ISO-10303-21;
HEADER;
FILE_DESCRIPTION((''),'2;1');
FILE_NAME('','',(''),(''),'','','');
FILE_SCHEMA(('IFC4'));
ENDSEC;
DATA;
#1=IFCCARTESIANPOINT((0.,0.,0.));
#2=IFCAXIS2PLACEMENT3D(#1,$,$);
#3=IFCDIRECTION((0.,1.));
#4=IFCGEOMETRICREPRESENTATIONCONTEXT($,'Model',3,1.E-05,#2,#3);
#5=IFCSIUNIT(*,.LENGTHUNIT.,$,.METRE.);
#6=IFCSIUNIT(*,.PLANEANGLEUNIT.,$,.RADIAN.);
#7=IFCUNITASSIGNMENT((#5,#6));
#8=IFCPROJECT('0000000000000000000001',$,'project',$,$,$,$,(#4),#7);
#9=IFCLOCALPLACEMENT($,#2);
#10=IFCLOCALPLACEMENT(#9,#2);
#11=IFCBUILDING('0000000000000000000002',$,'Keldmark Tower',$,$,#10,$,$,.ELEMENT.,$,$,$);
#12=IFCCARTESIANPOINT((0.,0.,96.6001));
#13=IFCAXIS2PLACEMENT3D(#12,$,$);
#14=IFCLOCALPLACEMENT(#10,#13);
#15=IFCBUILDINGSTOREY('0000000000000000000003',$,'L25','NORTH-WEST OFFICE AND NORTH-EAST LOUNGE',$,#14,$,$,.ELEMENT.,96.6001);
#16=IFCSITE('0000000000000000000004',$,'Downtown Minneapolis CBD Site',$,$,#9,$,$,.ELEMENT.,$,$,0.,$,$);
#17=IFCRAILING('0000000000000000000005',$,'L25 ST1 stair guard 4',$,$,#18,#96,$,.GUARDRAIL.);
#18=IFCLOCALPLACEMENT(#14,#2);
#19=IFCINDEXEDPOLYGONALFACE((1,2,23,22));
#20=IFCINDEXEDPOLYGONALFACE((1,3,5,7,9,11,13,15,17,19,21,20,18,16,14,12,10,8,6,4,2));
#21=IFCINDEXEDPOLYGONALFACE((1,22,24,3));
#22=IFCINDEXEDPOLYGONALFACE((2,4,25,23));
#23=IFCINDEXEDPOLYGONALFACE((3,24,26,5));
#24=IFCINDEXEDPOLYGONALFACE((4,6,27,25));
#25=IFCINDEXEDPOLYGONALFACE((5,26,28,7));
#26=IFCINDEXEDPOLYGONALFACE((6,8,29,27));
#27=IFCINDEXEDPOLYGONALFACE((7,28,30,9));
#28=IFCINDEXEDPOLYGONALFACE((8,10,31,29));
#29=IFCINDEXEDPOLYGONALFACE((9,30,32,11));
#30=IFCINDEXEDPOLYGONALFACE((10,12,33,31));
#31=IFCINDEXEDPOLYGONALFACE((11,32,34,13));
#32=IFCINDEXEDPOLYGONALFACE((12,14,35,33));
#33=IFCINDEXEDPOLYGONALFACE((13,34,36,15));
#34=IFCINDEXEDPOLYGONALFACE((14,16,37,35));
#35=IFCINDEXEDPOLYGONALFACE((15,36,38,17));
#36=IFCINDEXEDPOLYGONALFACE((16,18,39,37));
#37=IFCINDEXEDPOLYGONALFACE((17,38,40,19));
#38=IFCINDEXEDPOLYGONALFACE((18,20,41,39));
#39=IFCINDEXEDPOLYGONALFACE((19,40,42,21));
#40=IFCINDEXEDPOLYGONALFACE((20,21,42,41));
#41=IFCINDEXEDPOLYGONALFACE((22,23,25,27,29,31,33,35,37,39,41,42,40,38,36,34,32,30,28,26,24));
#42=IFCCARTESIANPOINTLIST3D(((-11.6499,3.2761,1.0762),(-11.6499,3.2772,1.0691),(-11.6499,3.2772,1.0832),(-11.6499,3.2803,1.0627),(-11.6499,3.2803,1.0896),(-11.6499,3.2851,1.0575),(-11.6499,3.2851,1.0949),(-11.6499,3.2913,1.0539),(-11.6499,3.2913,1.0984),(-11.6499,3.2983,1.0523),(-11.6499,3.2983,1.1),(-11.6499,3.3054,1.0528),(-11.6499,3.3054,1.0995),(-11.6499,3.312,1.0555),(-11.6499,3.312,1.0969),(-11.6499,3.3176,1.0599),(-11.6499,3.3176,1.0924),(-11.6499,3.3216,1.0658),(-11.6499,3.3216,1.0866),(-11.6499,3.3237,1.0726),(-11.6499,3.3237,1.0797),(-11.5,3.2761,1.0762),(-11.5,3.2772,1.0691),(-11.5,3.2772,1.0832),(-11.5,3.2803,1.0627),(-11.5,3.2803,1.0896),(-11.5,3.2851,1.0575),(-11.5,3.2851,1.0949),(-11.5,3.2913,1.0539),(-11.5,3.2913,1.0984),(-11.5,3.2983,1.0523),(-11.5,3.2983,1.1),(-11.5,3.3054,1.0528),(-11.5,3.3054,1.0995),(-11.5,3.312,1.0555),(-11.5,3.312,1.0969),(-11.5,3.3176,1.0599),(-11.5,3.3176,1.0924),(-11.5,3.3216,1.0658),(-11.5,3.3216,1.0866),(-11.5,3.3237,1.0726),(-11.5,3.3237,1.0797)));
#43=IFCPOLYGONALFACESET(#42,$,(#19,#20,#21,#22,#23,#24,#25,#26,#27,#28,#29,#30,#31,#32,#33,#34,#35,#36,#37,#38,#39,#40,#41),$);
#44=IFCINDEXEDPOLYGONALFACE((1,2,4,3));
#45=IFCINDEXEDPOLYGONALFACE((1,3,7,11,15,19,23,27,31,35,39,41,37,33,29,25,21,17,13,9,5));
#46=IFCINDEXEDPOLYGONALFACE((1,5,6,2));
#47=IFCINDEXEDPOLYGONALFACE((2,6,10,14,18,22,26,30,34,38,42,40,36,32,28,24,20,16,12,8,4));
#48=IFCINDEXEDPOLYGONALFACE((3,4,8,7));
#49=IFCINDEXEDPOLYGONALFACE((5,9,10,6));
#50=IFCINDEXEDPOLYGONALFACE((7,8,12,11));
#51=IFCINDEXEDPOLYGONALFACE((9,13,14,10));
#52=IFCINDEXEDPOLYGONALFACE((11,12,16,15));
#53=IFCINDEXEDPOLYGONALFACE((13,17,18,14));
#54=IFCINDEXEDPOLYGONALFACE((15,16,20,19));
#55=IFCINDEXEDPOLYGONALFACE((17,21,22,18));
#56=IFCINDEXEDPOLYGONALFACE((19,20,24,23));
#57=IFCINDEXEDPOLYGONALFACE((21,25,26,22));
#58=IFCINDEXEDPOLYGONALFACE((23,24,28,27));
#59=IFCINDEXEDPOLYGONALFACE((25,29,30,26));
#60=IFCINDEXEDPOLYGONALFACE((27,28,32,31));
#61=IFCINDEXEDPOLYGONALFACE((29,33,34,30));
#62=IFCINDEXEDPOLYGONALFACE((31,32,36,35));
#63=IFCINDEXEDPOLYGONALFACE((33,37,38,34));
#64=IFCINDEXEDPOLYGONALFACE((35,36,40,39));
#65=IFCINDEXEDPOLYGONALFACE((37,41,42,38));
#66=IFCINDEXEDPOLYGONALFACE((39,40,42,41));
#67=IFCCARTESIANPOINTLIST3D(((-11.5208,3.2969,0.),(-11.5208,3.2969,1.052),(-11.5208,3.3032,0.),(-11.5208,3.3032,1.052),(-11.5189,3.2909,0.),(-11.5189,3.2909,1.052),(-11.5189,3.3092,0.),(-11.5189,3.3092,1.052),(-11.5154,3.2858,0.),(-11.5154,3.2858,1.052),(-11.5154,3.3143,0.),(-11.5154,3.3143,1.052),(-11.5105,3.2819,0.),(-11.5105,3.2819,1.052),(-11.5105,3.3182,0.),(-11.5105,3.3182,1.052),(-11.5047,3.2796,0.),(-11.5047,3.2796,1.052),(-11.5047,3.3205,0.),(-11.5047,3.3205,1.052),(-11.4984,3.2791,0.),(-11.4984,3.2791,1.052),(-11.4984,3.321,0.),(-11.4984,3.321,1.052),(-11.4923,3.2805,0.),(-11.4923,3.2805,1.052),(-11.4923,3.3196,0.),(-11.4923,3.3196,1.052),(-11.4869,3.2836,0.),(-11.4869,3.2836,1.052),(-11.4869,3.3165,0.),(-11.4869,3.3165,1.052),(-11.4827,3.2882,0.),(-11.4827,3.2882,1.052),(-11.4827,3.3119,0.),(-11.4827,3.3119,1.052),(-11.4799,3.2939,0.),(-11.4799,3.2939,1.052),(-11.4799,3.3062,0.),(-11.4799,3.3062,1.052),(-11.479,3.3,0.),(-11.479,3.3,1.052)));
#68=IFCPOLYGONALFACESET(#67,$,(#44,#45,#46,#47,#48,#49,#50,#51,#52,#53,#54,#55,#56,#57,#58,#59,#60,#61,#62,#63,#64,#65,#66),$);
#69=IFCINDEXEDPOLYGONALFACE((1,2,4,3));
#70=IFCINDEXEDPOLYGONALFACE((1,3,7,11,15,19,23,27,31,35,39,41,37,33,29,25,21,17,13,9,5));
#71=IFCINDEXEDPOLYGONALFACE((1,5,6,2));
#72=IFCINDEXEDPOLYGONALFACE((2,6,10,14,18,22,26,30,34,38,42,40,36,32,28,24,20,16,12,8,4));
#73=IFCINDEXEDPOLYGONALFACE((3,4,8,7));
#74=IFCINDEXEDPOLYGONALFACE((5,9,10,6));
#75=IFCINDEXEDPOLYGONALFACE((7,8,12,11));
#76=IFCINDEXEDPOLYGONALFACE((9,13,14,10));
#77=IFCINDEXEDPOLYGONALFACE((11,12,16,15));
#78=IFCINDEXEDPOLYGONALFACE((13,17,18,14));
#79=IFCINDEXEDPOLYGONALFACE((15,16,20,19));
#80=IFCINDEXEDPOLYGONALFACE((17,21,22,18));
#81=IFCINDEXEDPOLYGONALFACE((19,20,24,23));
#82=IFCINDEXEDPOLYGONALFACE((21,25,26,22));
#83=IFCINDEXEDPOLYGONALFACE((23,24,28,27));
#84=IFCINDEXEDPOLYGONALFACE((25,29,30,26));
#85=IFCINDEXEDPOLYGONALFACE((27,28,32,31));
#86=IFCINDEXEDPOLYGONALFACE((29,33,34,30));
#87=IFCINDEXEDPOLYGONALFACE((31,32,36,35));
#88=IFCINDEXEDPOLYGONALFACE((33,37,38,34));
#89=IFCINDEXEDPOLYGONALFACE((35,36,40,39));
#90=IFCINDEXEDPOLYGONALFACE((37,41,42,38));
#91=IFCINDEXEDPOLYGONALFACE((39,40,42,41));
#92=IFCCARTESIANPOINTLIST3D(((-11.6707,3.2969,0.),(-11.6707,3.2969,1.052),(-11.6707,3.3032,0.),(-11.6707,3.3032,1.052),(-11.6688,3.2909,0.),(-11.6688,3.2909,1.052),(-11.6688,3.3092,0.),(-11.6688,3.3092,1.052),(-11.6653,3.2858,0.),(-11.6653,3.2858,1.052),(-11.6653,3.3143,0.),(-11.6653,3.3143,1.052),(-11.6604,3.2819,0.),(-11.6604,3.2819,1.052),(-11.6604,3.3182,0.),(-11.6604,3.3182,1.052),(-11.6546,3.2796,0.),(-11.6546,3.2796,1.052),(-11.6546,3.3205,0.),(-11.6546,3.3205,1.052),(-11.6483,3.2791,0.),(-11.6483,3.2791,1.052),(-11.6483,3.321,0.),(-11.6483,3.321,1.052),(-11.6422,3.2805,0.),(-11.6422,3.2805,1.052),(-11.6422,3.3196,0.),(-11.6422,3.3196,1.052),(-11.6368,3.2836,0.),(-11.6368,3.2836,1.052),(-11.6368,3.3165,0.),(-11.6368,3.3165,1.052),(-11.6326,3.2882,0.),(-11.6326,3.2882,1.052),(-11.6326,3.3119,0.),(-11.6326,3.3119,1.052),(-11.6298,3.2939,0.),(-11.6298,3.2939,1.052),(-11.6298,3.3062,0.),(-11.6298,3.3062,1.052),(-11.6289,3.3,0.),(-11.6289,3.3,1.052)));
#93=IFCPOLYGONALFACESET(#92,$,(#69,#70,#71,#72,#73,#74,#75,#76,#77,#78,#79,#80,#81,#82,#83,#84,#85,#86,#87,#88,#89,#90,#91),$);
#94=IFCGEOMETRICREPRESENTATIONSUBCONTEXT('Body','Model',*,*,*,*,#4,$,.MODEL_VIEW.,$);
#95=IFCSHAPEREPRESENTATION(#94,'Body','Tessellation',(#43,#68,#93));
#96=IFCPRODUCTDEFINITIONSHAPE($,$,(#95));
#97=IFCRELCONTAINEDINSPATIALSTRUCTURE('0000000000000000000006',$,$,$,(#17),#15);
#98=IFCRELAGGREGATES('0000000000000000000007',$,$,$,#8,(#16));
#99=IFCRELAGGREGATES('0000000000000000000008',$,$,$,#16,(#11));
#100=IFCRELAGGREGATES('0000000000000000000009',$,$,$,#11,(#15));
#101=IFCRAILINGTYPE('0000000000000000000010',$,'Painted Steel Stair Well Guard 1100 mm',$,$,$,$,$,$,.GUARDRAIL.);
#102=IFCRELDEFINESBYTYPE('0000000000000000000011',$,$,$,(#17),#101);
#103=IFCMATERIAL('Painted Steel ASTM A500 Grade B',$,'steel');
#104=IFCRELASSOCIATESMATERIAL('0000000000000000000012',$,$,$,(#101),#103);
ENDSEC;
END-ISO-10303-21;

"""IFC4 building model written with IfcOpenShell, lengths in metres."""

from ifc_helpers import new_model, si_unit, direction, frame, origin, origin_2d, place, context, subcontext, project, spatial, circle, extrude, material, type_object, element, save


model = new_model("IFC4")

# Units and contexts
model_context = context("Model", 3, precision=1e-05, world=origin(), true_north=direction((0.0, 1.0)))
body_context = subcontext(model_context, "Body", "Model", "MODEL_VIEW")
ifc_project = project(units=[si_unit("LENGTHUNIT", "METRE"), si_unit("PLANEANGLEUNIT", "RADIAN")], contexts=[model_context])

# Site, building, storey
site_placement = place(None, origin())
site = spatial("IfcSite", under=ifc_project, at=site_placement, Name="Downtown Minneapolis CBD Site", CompositionType="ELEMENT", RefElevation=0.0)
building_placement = place(site_placement, origin())
building = spatial("IfcBuilding", under=site, at=building_placement, Name="Keldmark Tower", CompositionType="ELEMENT")
storey_placement = place(building_placement, frame((0.0, 0.0, 96.6001)))
storey = spatial("IfcBuildingStorey", under=building, at=storey_placement, Name="L25", Description="NORTH-WEST OFFICE AND NORTH-EAST LOUNGE", CompositionType="ELEMENT", Elevation=96.6001)

# Railing
ifc_material_1 = material(Name="Painted Steel ASTM A500 Grade B", Category="steel")
railing_type_1 = type_object("IfcRailingType", Name="Painted Steel Stair Well Guard 1100 mm", PredefinedType="GUARDRAIL", material=ifc_material_1)
railing_1_placement = place(storey_placement, frame((-11.5, 3.3, 0.0)))
element("IfcRailing", 1, at=railing_1_placement, inside=storey, type_object=railing_type_1, Name="L25 ST1 stair guard 4", PredefinedType="GUARDRAIL", context=body_context, shape_type="SweptSolid", body=[
    extrude(circle(Radius=0.0239, at=origin_2d()), frame((0.0, 0.0, 1.0762), z_axis=(-1.0, 0.0, 0.0), x_axis=(0.0, -1.0, 0.0)), (0.0, 0.0, 1.0), 0.1499),
    extrude(circle(Radius=0.021, at=origin_2d()), origin(), (0.0, 0.0, 1.0), 1.052),
    extrude(circle(Radius=0.021, at=origin_2d()), frame((-0.1499, 0.0, 0.0)), (0.0, 0.0, 1.0), 1.052),
])

save(model, "model.ifc")
